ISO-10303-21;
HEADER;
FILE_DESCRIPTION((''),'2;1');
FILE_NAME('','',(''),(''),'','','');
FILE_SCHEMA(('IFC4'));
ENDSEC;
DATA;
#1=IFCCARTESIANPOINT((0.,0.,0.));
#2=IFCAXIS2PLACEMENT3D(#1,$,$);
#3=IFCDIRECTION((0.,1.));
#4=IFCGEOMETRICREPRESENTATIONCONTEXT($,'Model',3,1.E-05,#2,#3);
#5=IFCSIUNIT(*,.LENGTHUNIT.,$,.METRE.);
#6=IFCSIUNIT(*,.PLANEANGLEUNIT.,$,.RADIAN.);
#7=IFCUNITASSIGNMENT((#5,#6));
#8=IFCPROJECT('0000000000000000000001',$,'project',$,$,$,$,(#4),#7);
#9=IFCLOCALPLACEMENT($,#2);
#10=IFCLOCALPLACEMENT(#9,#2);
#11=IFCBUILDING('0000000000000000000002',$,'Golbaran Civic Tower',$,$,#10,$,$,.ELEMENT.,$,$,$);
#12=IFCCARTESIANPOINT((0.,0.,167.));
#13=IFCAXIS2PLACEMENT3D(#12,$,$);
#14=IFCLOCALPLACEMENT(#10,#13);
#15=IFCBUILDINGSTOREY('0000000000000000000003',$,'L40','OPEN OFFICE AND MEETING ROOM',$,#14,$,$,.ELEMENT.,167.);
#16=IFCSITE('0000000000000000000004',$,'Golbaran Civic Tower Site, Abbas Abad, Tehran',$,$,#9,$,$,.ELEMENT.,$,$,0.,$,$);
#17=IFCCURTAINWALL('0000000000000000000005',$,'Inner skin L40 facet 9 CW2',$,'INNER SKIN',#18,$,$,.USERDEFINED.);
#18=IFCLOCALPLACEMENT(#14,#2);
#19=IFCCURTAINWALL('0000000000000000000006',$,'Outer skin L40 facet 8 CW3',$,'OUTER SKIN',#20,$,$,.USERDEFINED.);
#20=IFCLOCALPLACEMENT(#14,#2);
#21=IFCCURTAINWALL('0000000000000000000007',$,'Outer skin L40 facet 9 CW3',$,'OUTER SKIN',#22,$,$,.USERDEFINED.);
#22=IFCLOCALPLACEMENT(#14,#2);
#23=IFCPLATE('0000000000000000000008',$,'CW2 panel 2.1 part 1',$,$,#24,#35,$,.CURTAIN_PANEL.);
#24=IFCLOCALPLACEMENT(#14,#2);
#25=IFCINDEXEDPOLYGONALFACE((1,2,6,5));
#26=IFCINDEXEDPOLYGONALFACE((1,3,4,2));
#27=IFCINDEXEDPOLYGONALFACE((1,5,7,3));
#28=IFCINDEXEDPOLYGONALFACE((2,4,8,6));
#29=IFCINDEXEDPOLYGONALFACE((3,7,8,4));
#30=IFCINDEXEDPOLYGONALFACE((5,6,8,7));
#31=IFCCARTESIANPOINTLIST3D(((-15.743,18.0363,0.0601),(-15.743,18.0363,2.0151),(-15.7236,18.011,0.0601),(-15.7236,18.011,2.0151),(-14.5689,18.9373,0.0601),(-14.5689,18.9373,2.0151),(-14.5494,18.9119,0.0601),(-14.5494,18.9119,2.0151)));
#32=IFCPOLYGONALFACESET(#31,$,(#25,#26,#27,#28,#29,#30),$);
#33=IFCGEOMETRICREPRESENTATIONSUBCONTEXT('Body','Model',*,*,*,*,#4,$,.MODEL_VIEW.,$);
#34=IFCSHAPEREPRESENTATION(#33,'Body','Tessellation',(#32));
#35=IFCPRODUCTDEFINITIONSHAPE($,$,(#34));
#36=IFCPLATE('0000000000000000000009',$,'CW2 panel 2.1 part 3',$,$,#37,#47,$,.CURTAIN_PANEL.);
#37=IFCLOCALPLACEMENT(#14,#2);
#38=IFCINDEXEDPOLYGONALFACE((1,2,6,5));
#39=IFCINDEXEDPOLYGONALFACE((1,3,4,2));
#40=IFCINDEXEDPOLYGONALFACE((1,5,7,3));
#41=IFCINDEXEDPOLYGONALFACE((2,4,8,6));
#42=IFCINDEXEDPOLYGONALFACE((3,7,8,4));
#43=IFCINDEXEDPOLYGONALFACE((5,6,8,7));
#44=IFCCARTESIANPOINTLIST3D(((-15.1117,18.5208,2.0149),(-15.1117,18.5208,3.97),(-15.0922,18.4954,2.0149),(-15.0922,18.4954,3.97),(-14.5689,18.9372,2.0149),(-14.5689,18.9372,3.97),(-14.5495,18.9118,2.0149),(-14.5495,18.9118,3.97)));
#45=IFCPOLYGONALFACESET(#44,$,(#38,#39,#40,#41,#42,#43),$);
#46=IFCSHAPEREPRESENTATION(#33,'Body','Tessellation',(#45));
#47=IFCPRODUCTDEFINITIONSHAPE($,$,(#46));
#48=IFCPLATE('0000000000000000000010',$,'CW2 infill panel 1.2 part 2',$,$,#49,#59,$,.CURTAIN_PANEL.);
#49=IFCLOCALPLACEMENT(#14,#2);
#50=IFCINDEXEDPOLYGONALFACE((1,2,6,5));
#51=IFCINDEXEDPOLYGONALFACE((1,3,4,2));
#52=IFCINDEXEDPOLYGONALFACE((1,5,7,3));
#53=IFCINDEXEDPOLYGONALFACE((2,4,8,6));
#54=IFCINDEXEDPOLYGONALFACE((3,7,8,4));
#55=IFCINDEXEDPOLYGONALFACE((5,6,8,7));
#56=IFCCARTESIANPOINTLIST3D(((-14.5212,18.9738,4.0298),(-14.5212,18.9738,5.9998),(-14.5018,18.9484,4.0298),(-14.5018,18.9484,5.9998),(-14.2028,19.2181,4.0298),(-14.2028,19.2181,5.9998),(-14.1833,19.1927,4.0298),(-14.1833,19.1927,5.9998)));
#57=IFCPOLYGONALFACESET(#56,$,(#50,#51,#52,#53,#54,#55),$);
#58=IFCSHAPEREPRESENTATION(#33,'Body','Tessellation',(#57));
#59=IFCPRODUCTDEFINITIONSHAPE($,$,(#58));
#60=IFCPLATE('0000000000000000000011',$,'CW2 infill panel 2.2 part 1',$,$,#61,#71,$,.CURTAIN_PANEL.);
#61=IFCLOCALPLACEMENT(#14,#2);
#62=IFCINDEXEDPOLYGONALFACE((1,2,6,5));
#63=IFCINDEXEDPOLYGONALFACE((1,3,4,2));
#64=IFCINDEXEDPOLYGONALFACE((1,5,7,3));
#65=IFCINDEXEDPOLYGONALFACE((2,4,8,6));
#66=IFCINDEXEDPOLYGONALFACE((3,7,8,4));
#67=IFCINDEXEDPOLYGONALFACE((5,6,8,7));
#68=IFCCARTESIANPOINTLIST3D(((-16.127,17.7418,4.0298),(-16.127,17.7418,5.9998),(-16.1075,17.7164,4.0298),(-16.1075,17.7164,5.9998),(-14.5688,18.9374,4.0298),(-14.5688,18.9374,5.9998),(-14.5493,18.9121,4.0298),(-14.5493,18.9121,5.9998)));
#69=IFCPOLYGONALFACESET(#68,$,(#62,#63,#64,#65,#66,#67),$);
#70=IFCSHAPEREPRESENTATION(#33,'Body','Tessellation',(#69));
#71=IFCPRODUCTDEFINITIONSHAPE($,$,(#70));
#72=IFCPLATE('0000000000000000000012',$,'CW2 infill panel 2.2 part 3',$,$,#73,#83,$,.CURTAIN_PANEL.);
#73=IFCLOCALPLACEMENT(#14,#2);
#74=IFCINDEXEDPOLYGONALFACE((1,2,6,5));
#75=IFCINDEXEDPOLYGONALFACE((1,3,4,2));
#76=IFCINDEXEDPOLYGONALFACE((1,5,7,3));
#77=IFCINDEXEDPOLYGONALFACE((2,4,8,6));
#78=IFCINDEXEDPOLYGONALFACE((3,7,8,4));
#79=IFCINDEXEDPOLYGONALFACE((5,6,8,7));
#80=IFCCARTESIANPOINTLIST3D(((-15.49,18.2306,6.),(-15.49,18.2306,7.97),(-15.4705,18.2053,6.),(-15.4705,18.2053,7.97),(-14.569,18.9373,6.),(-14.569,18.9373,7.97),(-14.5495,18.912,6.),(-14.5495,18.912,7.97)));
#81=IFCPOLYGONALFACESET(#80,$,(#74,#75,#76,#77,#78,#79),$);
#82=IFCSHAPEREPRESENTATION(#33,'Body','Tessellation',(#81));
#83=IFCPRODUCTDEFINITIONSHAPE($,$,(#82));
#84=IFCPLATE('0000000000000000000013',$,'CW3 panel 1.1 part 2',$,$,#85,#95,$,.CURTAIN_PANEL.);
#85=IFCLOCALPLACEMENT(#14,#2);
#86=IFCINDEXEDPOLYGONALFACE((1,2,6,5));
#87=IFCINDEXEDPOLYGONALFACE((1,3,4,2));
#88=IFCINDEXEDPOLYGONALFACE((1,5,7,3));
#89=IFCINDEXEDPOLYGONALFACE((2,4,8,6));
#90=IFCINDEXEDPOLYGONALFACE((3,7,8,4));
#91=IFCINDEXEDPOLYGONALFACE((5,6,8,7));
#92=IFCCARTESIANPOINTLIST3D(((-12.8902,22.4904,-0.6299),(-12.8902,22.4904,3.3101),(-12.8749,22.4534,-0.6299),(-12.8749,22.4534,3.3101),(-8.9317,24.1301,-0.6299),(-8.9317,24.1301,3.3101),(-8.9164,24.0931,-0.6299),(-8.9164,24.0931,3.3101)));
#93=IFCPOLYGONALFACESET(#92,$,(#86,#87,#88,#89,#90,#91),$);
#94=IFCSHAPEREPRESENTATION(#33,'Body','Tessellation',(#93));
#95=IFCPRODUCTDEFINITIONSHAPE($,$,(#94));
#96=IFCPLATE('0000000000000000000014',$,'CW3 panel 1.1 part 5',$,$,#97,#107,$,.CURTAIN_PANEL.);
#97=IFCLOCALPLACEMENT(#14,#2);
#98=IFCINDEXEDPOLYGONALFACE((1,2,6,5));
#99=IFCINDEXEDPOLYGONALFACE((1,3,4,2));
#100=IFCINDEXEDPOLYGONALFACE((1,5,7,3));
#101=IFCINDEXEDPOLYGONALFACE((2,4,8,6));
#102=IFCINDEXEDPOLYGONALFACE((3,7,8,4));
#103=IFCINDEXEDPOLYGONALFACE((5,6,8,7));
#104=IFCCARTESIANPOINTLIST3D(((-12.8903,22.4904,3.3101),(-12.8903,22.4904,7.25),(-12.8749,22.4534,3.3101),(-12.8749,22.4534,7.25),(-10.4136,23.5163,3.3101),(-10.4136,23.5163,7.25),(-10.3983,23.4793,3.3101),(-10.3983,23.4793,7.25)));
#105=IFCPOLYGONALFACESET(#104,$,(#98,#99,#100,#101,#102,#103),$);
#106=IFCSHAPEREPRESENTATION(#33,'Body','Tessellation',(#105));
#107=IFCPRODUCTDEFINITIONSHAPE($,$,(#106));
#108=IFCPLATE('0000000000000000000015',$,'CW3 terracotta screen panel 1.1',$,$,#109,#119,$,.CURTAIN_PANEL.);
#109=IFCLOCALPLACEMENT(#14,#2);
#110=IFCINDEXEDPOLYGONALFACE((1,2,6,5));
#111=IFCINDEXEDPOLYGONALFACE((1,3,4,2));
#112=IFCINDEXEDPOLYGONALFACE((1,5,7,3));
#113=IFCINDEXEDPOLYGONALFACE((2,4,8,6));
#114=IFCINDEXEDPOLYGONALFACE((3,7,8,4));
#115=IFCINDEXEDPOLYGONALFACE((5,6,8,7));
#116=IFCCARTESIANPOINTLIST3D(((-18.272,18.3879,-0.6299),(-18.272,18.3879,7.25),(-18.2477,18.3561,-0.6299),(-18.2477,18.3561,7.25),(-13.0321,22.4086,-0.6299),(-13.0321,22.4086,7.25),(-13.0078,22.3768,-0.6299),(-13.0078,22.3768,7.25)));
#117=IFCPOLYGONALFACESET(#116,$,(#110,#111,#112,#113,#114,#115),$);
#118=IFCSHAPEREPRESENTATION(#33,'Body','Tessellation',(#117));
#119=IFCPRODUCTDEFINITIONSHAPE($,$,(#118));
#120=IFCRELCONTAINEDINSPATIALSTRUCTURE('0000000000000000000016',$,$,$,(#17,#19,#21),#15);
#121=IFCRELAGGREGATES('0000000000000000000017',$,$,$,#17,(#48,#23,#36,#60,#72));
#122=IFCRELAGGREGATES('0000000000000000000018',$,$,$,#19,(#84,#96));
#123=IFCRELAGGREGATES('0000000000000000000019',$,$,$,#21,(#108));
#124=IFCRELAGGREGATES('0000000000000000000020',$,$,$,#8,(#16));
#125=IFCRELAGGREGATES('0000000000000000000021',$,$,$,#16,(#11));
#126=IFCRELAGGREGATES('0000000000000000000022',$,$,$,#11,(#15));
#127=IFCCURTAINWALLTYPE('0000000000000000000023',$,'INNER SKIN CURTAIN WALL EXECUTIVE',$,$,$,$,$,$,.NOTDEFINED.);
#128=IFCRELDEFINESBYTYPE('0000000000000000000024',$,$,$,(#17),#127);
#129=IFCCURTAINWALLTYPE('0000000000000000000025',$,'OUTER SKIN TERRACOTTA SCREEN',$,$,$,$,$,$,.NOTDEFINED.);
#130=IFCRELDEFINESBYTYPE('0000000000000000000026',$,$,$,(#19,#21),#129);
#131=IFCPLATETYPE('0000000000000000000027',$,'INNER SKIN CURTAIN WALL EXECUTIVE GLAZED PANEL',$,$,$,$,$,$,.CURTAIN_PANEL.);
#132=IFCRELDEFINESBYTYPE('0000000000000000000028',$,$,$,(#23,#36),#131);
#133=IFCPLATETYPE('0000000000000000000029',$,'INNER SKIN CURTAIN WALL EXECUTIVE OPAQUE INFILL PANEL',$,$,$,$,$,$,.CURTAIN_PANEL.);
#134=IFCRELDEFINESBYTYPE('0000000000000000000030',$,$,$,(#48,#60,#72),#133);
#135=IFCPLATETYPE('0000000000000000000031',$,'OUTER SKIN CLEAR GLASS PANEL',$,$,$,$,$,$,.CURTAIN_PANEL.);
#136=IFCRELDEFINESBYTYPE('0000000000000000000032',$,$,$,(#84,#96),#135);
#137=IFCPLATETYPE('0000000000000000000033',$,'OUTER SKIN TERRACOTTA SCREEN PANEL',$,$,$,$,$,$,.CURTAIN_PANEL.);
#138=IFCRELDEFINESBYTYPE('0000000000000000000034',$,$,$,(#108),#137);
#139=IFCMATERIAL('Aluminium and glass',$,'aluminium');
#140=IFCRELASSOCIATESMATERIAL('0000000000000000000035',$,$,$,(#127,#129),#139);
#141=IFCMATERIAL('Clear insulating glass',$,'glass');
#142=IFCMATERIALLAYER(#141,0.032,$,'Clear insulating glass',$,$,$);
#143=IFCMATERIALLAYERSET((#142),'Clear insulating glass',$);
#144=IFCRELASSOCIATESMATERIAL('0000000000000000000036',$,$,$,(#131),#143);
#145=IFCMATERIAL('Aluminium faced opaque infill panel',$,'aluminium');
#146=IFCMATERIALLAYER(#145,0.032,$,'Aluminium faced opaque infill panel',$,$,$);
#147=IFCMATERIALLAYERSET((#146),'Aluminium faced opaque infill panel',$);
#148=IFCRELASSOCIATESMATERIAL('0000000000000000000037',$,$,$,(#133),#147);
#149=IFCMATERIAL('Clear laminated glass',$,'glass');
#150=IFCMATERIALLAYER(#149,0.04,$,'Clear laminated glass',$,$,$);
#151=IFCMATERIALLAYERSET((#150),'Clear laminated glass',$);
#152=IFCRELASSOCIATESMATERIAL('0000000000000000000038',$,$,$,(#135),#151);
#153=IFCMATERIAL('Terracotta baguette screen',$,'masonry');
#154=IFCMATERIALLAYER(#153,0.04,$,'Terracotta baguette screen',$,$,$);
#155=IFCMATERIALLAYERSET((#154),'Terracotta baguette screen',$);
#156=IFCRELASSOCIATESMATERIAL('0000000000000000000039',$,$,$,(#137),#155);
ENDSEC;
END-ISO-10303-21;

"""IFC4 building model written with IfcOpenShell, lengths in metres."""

from ifc_helpers import new_model, si_unit, direction, frame, origin, origin_2d, place, context, subcontext, project, spatial, rectangle, extrude, material, layer, layer_set, type_object, element, aggregate, save


model = new_model("IFC4")

# Units and contexts
model_context = context("Model", 3, precision=1e-05, world=origin(), true_north=direction((0.0, 1.0)))
body_context = subcontext(model_context, "Body", "Model", "MODEL_VIEW")
ifc_project = project(units=[si_unit("LENGTHUNIT", "METRE"), si_unit("PLANEANGLEUNIT", "RADIAN")], contexts=[model_context])

# Site, building, storey
site_placement = place(None, origin())
site = spatial("IfcSite", under=ifc_project, at=site_placement, Name="Golbaran Civic Tower Site, Abbas Abad, Tehran", CompositionType="ELEMENT", RefElevation=0.0)
building_placement = place(site_placement, origin())
building = spatial("IfcBuilding", under=site, at=building_placement, Name="Golbaran Civic Tower", CompositionType="ELEMENT")
storey_placement = place(building_placement, frame((0.0, 0.0, 167.0)))
storey = spatial("IfcBuildingStorey", under=building, at=storey_placement, Name="L40", Description="OPEN OFFICE AND MEETING ROOM", CompositionType="ELEMENT", Elevation=167.0)

# Shared definitions
ifc_material_1 = material(Name="Aluminium and glass", Category="aluminium")
curtain_wall_type_1 = type_object("IfcCurtainWallType", Name="INNER SKIN CURTAIN WALL EXECUTIVE", PredefinedType="NOTDEFINED", material=ifc_material_1)

# Curtain wall
curtain_wall_1_placement = place(storey_placement, origin())
curtain_wall_1 = element("IfcCurtainWall", 1, at=curtain_wall_1_placement, inside=storey, type_object=curtain_wall_type_1, Name="Inner skin L40 facet 9 CW2", ObjectType="INNER SKIN", PredefinedType="USERDEFINED")

# Curtain wall
curtain_wall_type_2 = type_object("IfcCurtainWallType", Name="OUTER SKIN TERRACOTTA SCREEN", PredefinedType="NOTDEFINED", material=ifc_material_1)
curtain_wall_2_placement = place(storey_placement, origin())
curtain_wall_2 = element("IfcCurtainWall", 2, at=curtain_wall_2_placement, inside=storey, type_object=curtain_wall_type_2, Name="Outer skin L40 facet 8 CW3", ObjectType="OUTER SKIN", PredefinedType="USERDEFINED")

# Curtain wall
curtain_wall_3_placement = place(storey_placement, origin())
curtain_wall_3 = element("IfcCurtainWall", 3, at=curtain_wall_3_placement, inside=storey, type_object=curtain_wall_type_2, Name="Outer skin L40 facet 9 CW3", ObjectType="OUTER SKIN", PredefinedType="USERDEFINED")

# Plates
ifc_material_2 = material(Name="Clear insulating glass", Category="glass")
ifc_layer_1 = layer(ifc_material_2, 0.032, Name="Clear insulating glass")
ifc_layer_set_1 = layer_set([ifc_layer_1], Name="Clear insulating glass")
plate_type_1 = type_object("IfcPlateType", Name="INNER SKIN CURTAIN WALL EXECUTIVE GLAZED PANEL", PredefinedType="CURTAIN_PANEL", material=ifc_layer_set_1)
plate_1_placement = place(storey_placement, frame((-15.1462, 18.4741, 0.0601), z_axis=(0.0, 0.0, 1.0), x_axis=(-0.793353, -0.608761, 0.0)))
plate_1 = element("IfcPlate", 4, at=plate_1_placement, type_object=plate_type_1, Name="CW2 panel 2.1 part 1", PredefinedType="CURTAIN_PANEL", context=body_context, shape_type="SweptSolid", body=[
    extrude(rectangle(XDim=1.48, YDim=0.032, at=origin_2d()), origin(), (0.0, 0.0, 1.0), 1.9551),
])
plate_2_placement = place(storey_placement, frame((-14.8306, 18.7163, 2.0149), z_axis=(0.0, 0.0, 1.0), x_axis=(-0.793353, -0.608761, 0.0)))
plate_2 = element("IfcPlate", 5, at=plate_2_placement, type_object=plate_type_1, Name="CW2 panel 2.1 part 3", PredefinedType="CURTAIN_PANEL", context=body_context, shape_type="SweptSolid", body=[
    extrude(rectangle(XDim=0.6841, YDim=0.032, at=origin_2d()), origin(), (0.0, 0.0, 1.0), 1.9551),
])
ifc_material_3 = material(Name="Aluminium faced opaque infill panel", Category="aluminium")
ifc_layer_2 = layer(ifc_material_3, 0.032, Name="Aluminium faced opaque infill panel")
ifc_layer_set_2 = layer_set([ifc_layer_2], Name="Aluminium faced opaque infill panel")
plate_type_2 = type_object("IfcPlateType", Name="INNER SKIN CURTAIN WALL EXECUTIVE OPAQUE INFILL PANEL", PredefinedType="CURTAIN_PANEL", material=ifc_layer_set_2)
plate_3_placement = place(storey_placement, frame((-14.3523, 19.0833, 4.0298), z_axis=(0.0, 0.0, 1.0), x_axis=(-0.793353, -0.608761, 0.0)))
plate_3 = element("IfcPlate", 6, at=plate_3_placement, type_object=plate_type_2, Name="CW2 infill panel 1.2 part 2", PredefinedType="CURTAIN_PANEL", context=body_context, shape_type="SweptSolid", body=[
    extrude(rectangle(XDim=0.4014, YDim=0.032, at=origin_2d()), origin(), (0.0, 0.0, 1.0), 1.97),
])
plate_4_placement = place(storey_placement, frame((-15.3381, 18.3269, 4.0298), z_axis=(0.0, 0.0, 1.0), x_axis=(-0.793353, -0.608761, 0.0)))
plate_4 = element("IfcPlate", 7, at=plate_4_placement, type_object=plate_type_2, Name="CW2 infill panel 2.2 part 1", PredefinedType="CURTAIN_PANEL", context=body_context, shape_type="SweptSolid", body=[
    extrude(rectangle(XDim=1.9641, YDim=0.032, at=origin_2d()), origin(), (0.0, 0.0, 1.0), 1.97),
])
plate_5_placement = place(storey_placement, frame((-15.0198, 18.5713, 6.0), z_axis=(0.0, 0.0, 1.0), x_axis=(-0.793353, -0.608761, 0.0)))
plate_5 = element("IfcPlate", 8, at=plate_5_placement, type_object=plate_type_2, Name="CW2 infill panel 2.2 part 3", PredefinedType="CURTAIN_PANEL", context=body_context, shape_type="SweptSolid", body=[
    extrude(rectangle(XDim=1.1609, YDim=0.032, at=origin_2d()), origin(), (0.0, 0.0, 1.0), 1.97),
])
aggregate(curtain_wall_1, [plate_3, plate_1, plate_2, plate_4, plate_5])
ifc_material_4 = material(Name="Clear laminated glass", Category="glass")
ifc_layer_3 = layer(ifc_material_4, 0.04, Name="Clear laminated glass")
ifc_layer_set_3 = layer_set([ifc_layer_3], Name="Clear laminated glass")
plate_type_3 = type_object("IfcPlateType", Name="OUTER SKIN CLEAR GLASS PANEL", PredefinedType="CURTAIN_PANEL", material=ifc_layer_set_3)
plate_6_placement = place(storey_placement, frame((-10.9033, 23.2917, -0.6299), z_axis=(0.0, 0.0, 1.0), x_axis=(-0.92388, -0.382683, 0.0)))
plate_6 = element("IfcPlate", 9, at=plate_6_placement, type_object=plate_type_3, Name="CW3 panel 1.1 part 2", PredefinedType="CURTAIN_PANEL", context=body_context, shape_type="SweptSolid", body=[
    extrude(rectangle(XDim=4.2847, YDim=0.04, at=origin_2d()), origin(), (0.0, 0.0, 1.0), 3.9399),
])
plate_7_placement = place(storey_placement, frame((-11.6443, 22.9849, 3.3101), z_axis=(0.0, 0.0, 1.0), x_axis=(-0.92388, -0.382683, 0.0)))
plate_7 = element("IfcPlate", 10, at=plate_7_placement, type_object=plate_type_3, Name="CW3 panel 1.1 part 5", PredefinedType="CURTAIN_PANEL", context=body_context, shape_type="SweptSolid", body=[
    extrude(rectangle(XDim=2.6807, YDim=0.04, at=origin_2d()), origin(), (0.0, 0.0, 1.0), 3.9399),
])
aggregate(curtain_wall_2, [plate_6, plate_7])
ifc_material_5 = material(Name="Terracotta baguette screen", Category="masonry")
ifc_layer_4 = layer(ifc_material_5, 0.04, Name="Terracotta baguette screen")
ifc_layer_set_4 = layer_set([ifc_layer_4], Name="Terracotta baguette screen")
plate_type_4 = type_object("IfcPlateType", Name="OUTER SKIN TERRACOTTA SCREEN PANEL", PredefinedType="CURTAIN_PANEL", material=ifc_layer_set_4)
plate_8_placement = place(storey_placement, frame((-15.6399, 20.3823, -0.6299), z_axis=(0.0, 0.0, 1.0), x_axis=(-0.793353, -0.608761, 0.0)))
plate_8 = element("IfcPlate", 11, at=plate_8_placement, type_object=plate_type_4, Name="CW3 terracotta screen panel 1.1", PredefinedType="CURTAIN_PANEL", context=body_context, shape_type="SweptSolid", body=[
    extrude(rectangle(XDim=6.6047, YDim=0.04, at=origin_2d()), origin(), (0.0, 0.0, 1.0), 7.8799),
])
aggregate(curtain_wall_3, [plate_8])

save(model, "model.ifc")
